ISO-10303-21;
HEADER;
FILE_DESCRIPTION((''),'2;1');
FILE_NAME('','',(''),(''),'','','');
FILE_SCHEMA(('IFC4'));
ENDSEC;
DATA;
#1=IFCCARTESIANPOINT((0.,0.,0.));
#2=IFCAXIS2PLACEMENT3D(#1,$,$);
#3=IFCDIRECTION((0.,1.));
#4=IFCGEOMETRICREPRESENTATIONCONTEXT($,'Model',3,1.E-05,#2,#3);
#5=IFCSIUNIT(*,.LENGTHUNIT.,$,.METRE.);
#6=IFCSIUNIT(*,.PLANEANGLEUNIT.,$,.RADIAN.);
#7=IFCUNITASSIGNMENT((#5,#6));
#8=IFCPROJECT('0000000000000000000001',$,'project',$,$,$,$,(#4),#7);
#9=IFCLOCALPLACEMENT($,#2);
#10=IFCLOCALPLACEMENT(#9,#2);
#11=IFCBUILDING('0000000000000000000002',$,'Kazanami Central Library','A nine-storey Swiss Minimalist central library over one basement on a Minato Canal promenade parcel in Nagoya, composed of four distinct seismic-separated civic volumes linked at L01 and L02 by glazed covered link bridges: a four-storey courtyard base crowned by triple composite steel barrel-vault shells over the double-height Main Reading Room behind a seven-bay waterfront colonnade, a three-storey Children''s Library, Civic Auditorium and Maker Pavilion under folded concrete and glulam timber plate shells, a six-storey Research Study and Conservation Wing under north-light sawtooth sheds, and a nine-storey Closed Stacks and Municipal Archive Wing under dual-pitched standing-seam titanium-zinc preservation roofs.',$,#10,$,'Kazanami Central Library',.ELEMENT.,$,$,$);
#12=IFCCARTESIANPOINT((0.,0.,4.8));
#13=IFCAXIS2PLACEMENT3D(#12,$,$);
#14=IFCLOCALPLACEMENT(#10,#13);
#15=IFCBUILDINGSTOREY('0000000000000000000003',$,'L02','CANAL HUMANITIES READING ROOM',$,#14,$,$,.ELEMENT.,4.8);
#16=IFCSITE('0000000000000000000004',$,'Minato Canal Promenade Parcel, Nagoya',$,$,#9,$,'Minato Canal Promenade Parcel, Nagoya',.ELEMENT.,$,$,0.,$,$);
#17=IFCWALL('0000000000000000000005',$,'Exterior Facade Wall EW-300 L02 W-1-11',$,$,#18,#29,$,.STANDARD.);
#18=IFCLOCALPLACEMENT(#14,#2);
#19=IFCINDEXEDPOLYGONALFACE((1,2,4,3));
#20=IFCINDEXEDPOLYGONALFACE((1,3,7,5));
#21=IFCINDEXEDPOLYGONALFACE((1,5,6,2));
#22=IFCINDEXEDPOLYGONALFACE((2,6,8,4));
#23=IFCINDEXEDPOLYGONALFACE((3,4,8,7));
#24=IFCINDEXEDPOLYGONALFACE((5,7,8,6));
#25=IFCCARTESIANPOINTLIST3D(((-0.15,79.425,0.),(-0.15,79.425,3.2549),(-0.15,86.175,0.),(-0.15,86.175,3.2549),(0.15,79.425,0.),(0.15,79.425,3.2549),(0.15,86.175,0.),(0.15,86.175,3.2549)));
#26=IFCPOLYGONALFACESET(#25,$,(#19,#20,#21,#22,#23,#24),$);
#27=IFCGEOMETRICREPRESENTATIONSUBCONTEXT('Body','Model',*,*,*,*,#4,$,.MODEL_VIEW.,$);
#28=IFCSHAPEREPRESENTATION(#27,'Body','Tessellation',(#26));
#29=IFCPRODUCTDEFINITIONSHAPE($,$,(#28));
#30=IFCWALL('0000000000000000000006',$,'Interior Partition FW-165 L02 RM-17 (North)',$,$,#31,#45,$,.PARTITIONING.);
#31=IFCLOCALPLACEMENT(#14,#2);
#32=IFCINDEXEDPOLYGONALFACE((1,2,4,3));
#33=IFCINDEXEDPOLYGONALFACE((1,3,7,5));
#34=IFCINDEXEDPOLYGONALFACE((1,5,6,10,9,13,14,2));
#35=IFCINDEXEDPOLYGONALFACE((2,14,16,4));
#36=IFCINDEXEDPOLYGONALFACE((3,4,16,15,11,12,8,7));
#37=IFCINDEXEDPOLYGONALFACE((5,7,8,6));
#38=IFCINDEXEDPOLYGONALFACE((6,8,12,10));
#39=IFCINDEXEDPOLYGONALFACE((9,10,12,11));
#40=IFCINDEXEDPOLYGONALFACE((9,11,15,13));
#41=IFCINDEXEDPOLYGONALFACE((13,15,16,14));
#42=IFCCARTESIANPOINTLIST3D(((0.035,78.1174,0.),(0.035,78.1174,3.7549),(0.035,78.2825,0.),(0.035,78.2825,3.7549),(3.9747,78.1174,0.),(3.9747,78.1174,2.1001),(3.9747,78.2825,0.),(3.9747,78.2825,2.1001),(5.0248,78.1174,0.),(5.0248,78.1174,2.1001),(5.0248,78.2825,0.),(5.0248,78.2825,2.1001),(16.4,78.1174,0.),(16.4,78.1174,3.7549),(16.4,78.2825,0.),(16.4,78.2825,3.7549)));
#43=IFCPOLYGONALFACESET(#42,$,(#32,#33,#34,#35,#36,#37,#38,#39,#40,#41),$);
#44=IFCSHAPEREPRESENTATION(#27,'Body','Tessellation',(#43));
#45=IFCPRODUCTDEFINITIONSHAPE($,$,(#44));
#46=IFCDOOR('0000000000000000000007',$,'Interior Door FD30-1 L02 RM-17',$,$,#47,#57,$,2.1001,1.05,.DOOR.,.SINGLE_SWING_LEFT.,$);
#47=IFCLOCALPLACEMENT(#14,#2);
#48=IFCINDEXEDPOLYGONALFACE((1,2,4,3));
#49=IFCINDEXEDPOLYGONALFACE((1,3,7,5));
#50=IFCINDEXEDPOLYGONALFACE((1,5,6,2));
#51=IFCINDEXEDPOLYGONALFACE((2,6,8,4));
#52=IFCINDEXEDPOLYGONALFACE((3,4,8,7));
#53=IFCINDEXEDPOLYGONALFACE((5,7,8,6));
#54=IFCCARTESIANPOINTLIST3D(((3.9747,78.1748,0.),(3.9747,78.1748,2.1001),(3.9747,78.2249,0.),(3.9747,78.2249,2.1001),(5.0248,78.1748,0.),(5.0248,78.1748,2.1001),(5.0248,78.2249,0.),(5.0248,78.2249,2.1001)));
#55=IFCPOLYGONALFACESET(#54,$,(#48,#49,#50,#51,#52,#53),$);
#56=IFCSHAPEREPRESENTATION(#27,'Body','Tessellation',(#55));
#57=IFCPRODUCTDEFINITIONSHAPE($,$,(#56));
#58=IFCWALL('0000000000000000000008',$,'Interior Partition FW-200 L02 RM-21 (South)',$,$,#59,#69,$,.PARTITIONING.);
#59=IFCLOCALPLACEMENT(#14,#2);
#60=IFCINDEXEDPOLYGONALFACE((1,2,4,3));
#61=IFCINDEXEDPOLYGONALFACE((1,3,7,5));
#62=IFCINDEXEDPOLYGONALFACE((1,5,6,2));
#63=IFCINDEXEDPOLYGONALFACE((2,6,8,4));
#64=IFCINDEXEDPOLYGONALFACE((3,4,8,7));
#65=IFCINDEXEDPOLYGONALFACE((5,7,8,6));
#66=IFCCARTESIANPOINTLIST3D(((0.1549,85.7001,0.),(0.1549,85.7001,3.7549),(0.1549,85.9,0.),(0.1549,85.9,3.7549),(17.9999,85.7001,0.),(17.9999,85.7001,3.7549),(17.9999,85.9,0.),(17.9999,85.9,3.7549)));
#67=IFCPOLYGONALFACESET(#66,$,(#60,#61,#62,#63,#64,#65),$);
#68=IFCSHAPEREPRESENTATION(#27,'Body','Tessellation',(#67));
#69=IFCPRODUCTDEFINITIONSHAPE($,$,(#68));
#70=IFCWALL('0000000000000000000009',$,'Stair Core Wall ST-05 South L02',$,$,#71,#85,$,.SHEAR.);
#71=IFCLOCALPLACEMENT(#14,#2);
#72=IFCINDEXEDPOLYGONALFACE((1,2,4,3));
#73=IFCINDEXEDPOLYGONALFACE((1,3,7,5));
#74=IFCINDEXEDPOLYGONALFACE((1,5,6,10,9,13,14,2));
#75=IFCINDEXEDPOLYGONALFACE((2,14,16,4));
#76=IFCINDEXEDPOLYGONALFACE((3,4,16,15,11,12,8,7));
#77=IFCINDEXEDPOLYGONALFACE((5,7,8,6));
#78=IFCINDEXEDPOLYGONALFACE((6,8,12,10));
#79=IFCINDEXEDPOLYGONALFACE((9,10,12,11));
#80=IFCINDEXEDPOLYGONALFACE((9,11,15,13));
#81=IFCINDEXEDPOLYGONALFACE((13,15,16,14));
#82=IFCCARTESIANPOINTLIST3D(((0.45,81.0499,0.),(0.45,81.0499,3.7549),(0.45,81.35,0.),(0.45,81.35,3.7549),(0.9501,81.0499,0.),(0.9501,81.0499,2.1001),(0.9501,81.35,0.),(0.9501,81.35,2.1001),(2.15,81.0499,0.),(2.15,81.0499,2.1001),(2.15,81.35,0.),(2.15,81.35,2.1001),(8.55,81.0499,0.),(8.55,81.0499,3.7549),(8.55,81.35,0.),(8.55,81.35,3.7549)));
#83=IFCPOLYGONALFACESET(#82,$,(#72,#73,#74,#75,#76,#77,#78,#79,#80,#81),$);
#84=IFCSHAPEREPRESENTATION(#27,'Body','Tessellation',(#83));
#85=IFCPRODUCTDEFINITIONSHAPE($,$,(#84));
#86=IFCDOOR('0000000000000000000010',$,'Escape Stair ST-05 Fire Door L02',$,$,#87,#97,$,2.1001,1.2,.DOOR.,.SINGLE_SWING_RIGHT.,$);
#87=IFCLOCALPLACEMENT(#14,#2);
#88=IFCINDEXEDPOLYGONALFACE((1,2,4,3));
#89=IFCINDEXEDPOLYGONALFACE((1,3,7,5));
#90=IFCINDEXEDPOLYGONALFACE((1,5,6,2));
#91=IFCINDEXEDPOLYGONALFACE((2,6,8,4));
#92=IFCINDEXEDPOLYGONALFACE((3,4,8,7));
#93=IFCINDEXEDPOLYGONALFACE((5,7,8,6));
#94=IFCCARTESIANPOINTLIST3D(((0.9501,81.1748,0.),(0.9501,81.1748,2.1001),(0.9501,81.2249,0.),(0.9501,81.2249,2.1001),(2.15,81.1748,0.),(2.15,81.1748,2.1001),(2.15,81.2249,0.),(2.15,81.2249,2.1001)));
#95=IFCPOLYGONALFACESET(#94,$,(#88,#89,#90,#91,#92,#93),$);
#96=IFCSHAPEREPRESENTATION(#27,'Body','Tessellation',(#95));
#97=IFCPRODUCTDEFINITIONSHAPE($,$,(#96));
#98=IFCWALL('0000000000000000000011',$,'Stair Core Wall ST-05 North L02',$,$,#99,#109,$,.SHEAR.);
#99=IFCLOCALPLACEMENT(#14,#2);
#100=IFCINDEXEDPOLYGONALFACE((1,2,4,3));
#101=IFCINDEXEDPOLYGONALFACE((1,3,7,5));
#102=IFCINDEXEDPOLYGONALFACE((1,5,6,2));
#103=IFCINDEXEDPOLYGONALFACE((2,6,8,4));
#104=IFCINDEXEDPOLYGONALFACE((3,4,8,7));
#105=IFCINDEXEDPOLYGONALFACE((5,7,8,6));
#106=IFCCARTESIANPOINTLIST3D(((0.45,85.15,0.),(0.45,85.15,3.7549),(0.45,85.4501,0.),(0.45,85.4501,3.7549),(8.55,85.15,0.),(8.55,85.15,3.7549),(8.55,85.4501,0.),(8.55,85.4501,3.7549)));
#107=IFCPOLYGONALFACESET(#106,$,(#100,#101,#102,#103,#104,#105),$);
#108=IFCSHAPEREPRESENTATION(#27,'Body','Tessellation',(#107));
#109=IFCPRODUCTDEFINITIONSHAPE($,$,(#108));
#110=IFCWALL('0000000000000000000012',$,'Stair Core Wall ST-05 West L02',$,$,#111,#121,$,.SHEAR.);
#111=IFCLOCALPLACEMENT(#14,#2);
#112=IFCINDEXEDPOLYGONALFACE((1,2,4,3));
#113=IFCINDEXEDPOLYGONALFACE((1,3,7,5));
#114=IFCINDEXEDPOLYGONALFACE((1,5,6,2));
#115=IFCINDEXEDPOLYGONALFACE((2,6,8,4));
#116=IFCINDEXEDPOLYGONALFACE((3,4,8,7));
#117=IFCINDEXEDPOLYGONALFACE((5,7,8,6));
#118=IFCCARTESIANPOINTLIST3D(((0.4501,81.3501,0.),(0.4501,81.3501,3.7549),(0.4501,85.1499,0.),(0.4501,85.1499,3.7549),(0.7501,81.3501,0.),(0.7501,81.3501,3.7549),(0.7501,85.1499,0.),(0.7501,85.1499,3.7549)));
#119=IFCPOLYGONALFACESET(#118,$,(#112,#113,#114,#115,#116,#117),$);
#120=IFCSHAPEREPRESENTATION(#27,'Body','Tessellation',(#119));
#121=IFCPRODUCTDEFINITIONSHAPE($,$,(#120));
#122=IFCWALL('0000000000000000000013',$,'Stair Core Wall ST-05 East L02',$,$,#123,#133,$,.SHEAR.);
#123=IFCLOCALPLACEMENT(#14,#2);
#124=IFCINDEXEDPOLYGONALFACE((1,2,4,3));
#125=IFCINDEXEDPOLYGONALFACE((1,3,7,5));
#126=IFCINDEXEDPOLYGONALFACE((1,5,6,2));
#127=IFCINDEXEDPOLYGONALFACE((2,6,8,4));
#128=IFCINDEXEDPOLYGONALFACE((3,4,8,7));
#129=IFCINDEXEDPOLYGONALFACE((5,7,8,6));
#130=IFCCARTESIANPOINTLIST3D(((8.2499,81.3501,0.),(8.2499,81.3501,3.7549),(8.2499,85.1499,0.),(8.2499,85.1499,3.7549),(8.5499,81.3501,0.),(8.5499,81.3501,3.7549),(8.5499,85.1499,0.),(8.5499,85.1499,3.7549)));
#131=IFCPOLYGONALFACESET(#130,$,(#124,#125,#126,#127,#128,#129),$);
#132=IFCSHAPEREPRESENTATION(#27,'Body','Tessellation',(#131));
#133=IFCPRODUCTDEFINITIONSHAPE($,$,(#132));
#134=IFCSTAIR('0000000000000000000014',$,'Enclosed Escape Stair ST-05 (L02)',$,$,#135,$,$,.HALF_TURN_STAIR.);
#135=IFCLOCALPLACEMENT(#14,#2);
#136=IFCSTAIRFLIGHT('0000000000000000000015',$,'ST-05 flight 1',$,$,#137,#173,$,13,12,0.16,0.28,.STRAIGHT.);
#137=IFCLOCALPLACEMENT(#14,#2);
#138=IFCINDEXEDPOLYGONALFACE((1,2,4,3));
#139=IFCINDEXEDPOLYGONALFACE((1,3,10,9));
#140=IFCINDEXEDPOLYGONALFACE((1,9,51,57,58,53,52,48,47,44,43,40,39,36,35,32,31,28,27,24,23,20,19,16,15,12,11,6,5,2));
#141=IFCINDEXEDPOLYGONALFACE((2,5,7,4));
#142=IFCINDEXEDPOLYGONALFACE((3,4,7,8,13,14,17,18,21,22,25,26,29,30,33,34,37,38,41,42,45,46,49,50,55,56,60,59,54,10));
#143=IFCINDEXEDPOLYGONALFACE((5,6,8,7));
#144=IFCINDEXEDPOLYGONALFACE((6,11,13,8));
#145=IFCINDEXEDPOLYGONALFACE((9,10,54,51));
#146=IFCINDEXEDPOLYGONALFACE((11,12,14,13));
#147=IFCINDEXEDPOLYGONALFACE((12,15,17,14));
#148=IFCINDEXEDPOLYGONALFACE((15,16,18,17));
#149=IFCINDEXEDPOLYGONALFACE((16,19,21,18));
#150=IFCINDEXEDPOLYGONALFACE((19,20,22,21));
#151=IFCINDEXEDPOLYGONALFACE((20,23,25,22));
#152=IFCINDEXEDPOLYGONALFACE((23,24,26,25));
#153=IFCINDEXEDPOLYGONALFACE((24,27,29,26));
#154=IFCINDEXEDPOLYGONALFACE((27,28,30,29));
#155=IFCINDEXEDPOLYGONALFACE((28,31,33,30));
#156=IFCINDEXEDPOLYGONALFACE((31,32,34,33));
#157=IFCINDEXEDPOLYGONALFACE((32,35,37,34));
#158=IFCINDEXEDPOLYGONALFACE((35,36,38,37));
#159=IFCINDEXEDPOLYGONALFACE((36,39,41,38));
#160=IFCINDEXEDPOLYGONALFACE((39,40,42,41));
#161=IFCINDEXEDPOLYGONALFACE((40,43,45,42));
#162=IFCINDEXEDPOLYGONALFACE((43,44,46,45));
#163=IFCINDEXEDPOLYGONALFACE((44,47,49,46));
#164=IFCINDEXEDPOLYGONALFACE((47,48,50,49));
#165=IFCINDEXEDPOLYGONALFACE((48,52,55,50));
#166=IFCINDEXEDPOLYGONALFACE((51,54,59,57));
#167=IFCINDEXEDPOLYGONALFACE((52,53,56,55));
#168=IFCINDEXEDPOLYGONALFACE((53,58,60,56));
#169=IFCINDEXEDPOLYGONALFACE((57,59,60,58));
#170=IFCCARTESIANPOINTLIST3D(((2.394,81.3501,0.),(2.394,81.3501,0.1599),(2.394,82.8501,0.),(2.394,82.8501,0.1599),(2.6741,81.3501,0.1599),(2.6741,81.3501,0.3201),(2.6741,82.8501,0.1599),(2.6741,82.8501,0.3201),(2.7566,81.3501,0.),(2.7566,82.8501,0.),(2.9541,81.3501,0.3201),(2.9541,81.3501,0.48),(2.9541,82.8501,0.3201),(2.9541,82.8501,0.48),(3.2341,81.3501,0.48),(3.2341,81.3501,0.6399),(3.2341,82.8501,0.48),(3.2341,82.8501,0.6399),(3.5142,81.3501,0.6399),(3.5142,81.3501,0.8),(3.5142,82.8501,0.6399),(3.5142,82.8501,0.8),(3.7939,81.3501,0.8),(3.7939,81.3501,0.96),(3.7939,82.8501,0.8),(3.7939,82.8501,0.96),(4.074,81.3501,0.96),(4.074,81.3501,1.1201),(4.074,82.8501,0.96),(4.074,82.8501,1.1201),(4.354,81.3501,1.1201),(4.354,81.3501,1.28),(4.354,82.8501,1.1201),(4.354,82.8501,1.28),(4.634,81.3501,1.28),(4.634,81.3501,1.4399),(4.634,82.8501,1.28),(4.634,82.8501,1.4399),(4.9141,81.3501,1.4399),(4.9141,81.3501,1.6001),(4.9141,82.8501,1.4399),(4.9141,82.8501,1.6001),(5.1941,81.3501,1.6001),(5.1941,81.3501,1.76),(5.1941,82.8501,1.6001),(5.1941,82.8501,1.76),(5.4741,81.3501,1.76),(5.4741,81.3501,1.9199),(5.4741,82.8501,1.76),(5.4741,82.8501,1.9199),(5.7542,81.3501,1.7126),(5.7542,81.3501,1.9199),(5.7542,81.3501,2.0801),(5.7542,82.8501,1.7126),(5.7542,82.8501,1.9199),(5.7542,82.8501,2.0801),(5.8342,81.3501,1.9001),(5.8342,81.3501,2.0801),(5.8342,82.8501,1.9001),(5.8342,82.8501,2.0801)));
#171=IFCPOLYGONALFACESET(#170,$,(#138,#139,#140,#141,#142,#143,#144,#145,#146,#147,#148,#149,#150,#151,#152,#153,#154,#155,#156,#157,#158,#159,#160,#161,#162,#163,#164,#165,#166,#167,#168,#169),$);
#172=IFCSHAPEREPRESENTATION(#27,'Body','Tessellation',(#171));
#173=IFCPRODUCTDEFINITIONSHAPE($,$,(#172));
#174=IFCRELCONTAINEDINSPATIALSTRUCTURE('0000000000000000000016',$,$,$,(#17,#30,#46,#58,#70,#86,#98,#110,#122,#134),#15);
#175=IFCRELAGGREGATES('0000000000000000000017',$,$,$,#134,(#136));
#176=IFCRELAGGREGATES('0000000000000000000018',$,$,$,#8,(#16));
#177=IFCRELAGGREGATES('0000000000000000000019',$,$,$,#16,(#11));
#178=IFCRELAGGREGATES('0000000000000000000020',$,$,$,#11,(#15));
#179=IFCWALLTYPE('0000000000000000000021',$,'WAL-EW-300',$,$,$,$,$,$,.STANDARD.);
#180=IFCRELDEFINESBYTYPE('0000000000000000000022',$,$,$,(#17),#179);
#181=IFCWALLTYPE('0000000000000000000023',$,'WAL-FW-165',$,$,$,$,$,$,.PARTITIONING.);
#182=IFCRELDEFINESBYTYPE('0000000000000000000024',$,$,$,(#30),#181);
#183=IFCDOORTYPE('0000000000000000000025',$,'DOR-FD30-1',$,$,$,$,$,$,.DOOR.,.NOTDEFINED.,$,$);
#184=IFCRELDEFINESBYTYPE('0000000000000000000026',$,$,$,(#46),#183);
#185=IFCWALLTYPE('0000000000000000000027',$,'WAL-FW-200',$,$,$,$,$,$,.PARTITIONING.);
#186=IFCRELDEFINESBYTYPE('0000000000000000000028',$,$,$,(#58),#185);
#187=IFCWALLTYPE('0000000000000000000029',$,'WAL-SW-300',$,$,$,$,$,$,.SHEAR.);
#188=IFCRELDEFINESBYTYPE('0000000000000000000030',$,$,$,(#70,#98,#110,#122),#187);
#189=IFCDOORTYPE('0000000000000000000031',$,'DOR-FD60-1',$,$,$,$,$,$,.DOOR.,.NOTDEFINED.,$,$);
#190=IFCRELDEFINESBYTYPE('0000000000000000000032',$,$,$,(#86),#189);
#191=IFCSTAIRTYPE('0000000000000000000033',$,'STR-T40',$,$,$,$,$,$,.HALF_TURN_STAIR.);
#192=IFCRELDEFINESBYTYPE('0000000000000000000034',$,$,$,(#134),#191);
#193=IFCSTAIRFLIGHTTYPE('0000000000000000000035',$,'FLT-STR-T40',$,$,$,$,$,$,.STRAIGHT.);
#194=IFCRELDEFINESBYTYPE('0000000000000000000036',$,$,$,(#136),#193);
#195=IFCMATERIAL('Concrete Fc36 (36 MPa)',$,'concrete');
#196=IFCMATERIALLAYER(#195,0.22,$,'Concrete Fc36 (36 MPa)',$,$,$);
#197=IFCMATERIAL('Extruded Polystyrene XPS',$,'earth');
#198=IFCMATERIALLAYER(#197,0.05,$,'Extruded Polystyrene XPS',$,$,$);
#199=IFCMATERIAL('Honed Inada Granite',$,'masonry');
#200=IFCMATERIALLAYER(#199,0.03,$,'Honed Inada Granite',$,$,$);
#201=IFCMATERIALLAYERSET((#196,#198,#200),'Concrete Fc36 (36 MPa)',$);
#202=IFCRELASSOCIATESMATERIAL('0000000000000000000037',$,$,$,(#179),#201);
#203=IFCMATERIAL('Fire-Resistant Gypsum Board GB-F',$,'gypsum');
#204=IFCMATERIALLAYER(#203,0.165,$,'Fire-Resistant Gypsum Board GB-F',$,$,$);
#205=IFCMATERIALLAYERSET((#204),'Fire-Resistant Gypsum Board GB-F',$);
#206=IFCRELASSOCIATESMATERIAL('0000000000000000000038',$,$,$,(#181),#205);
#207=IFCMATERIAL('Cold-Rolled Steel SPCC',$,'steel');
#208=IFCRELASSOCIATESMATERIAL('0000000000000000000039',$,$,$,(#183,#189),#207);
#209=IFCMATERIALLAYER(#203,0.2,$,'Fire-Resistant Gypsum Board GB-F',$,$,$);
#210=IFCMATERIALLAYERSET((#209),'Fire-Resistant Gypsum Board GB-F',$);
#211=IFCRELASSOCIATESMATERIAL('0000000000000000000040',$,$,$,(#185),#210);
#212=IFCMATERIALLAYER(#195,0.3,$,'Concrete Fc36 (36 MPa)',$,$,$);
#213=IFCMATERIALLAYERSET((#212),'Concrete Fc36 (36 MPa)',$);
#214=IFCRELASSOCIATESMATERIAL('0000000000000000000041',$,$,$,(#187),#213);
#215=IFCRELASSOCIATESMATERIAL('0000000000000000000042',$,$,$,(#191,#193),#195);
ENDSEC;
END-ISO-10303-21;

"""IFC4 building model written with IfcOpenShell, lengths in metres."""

from ifc_helpers import new_model, si_unit, direction, frame, frame_2d, origin, place, context, subcontext, project, spatial, polyline, rectangle, outline, extrude, material, layer, layer_set, type_object, element, fill, aggregate, save


model = new_model("IFC4")

# Units and contexts
model_context = context("Model", 3, precision=1e-05, world=origin(), true_north=direction((0.0, 1.0)))
body_context = subcontext(model_context, "Body", "Model", "MODEL_VIEW")
ifc_project = project(units=[si_unit("LENGTHUNIT", "METRE"), si_unit("PLANEANGLEUNIT", "RADIAN")], contexts=[model_context])

# Site, building, storey
site_placement = place(None, origin())
site = spatial("IfcSite", under=ifc_project, at=site_placement, Name="Minato Canal Promenade Parcel, Nagoya", LongName="Minato Canal Promenade Parcel, Nagoya", CompositionType="ELEMENT", RefElevation=0.0)
building_placement = place(site_placement, origin())
building = spatial("IfcBuilding", under=site, at=building_placement, Name="Kazanami Central Library", Description="A nine-storey Swiss Minimalist central library over one basement on a Minato Canal promenade parcel in Nagoya, composed of four distinct seismic-separated civic volumes linked at L01 and L02 by glazed covered link bridges: a four-storey courtyard base crowned by triple composite steel barrel-vault shells over the double-height Main Reading Room behind a seven-bay waterfront colonnade, a three-storey Children's Library, Civic Auditorium and Maker Pavilion under folded concrete and glulam timber plate shells, a six-storey Research Study and Conservation Wing under north-light sawtooth sheds, and a nine-storey Closed Stacks and Municipal Archive Wing under dual-pitched standing-seam titanium-zinc preservation roofs.", LongName="Kazanami Central Library", CompositionType="ELEMENT")
storey_placement = place(building_placement, frame((0.0, 0.0, 4.8)))
storey = spatial("IfcBuildingStorey", under=building, at=storey_placement, Name="L02", Description="CANAL HUMANITIES READING ROOM", CompositionType="ELEMENT", Elevation=4.8)

# Wall
ifc_material_1 = material(Name="Concrete Fc36 (36 MPa)", Category="concrete")
ifc_layer_1 = layer(ifc_material_1, 0.22, Name="Concrete Fc36 (36 MPa)")
ifc_material_2 = material(Name="Extruded Polystyrene XPS", Category="earth")
ifc_layer_2 = layer(ifc_material_2, 0.05, Name="Extruded Polystyrene XPS")
ifc_material_3 = material(Name="Honed Inada Granite", Category="masonry")
ifc_layer_3 = layer(ifc_material_3, 0.03, Name="Honed Inada Granite")
ifc_layer_set_1 = layer_set([ifc_layer_1, ifc_layer_2, ifc_layer_3], Name="Concrete Fc36 (36 MPa)")
wall_type_1 = type_object("IfcWallType", Name="WAL-EW-300", PredefinedType="STANDARD", material=ifc_layer_set_1)
wall_1_placement = place(storey_placement, frame((0.0, 79.425, 0.0), z_axis=(0.0, 0.0, 1.0), x_axis=(0.0, 1.0, 0.0)))
element("IfcWall", 1, at=wall_1_placement, inside=storey, type_object=wall_type_1, Name="Exterior Facade Wall EW-300 L02 W-1-11", PredefinedType="STANDARD", context=body_context, shape_type="SweptSolid", body=[
    extrude(rectangle(XDim=6.75, YDim=0.3, at=frame_2d((3.375, 0.0))), origin(), (0.0, 0.0, 1.0), 3.2549),
])

# Wall, opening, door
ifc_material_4 = material(Name="Fire-Resistant Gypsum Board GB-F", Category="gypsum")
ifc_layer_4 = layer(ifc_material_4, 0.165, Name="Fire-Resistant Gypsum Board GB-F")
ifc_layer_set_2 = layer_set([ifc_layer_4], Name="Fire-Resistant Gypsum Board GB-F")
wall_type_2 = type_object("IfcWallType", Name="WAL-FW-165", PredefinedType="PARTITIONING", material=ifc_layer_set_2)
wall_2_placement = place(storey_placement, frame((0.0349, 78.2, 0.0), z_axis=(0.0, 0.0, 1.0), x_axis=(1.0, 0.0, 0.0)))
wall_2 = element("IfcWall", 2, at=wall_2_placement, inside=storey, type_object=wall_type_2, Name="Interior Partition FW-165 L02 RM-17 (North)", PredefinedType="PARTITIONING", context=body_context, shape_type="SweptSolid", body=[
    extrude(rectangle(XDim=16.365, YDim=0.165, at=frame_2d((8.1826, 0.0))), origin(), (0.0, 0.0, 1.0), 3.7549),
])
opening_1_placement = place(wall_2_placement, frame((3.9399, 0.0, 0.0)))
opening_1 = element("IfcOpeningElement", 3, at=opening_1_placement, cuts=wall_2, PredefinedType="OPENING", context=body_context, shape_type="SweptSolid", body=[
    extrude(rectangle(XDim=1.05, YDim=2.1001, at=frame_2d((0.5249, 1.05))), frame((0.0, 0.0945, 0.0), z_axis=(0.0, -1.0, 0.0), x_axis=(1.0, 0.0, 0.0)), (0.0, 0.0, 1.0), 0.189),
])
ifc_material_5 = material(Name="Cold-Rolled Steel SPCC", Category="steel")
door_type_1 = type_object("IfcDoorType", Name="DOR-FD30-1", OperationType="NOTDEFINED", PredefinedType="DOOR", material=ifc_material_5)
door_1_placement = place(opening_1_placement, origin())
door_1 = element("IfcDoor", 4, at=door_1_placement, inside=storey, type_object=door_type_1, Name="Interior Door FD30-1 L02 RM-17", OperationType="SINGLE_SWING_LEFT", OverallHeight=2.1001, OverallWidth=1.05, PredefinedType="DOOR", context=body_context, shape_type="SweptSolid", body=[
    extrude(rectangle(XDim=1.05, YDim=2.1001, at=frame_2d((0.5249, 1.05))), frame((0.0, 0.0249, 0.0), z_axis=(0.0, -1.0, 0.0), x_axis=(1.0, 0.0, 0.0)), (0.0, 0.0, 1.0), 0.05),
])
fill(opening_1, door_1)

# Wall
ifc_layer_5 = layer(ifc_material_4, 0.2, Name="Fire-Resistant Gypsum Board GB-F")
ifc_layer_set_3 = layer_set([ifc_layer_5], Name="Fire-Resistant Gypsum Board GB-F")
wall_type_3 = type_object("IfcWallType", Name="WAL-FW-200", PredefinedType="PARTITIONING", material=ifc_layer_set_3)
wall_3_placement = place(storey_placement, frame((0.155, 85.8, 0.0), z_axis=(0.0, 0.0, 1.0), x_axis=(1.0, 0.0, 0.0)))
element("IfcWall", 5, at=wall_3_placement, inside=storey, type_object=wall_type_3, Name="Interior Partition FW-200 L02 RM-21 (South)", PredefinedType="PARTITIONING", context=body_context, shape_type="SweptSolid", body=[
    extrude(rectangle(XDim=17.845, YDim=0.2, at=frame_2d((8.9224, 0.0))), origin(), (0.0, 0.0, 1.0), 3.7549),
])

# Wall, opening, door
ifc_layer_6 = layer(ifc_material_1, 0.3, Name="Concrete Fc36 (36 MPa)")
ifc_layer_set_4 = layer_set([ifc_layer_6], Name="Concrete Fc36 (36 MPa)")
wall_type_4 = type_object("IfcWallType", Name="WAL-SW-300", PredefinedType="SHEAR", material=ifc_layer_set_4)
wall_4_placement = place(storey_placement, frame((0.45, 81.2, 0.0), z_axis=(0.0, 0.0, 1.0), x_axis=(1.0, 0.0, 0.0)))
wall_4 = element("IfcWall", 6, at=wall_4_placement, inside=storey, type_object=wall_type_4, Name="Stair Core Wall ST-05 South L02", PredefinedType="SHEAR", context=body_context, shape_type="SweptSolid", body=[
    extrude(rectangle(XDim=8.1001, YDim=0.3, at=frame_2d((4.05, 0.0))), origin(), (0.0, 0.0, 1.0), 3.7549),
])
opening_2_placement = place(wall_4_placement, frame((0.5, 0.0, 0.0)))
opening_2 = element("IfcOpeningElement", 7, at=opening_2_placement, cuts=wall_4, PredefinedType="OPENING", context=body_context, shape_type="SweptSolid", body=[
    extrude(rectangle(XDim=1.2, YDim=2.1001, at=frame_2d((0.6001, 1.05))), frame((0.0, 0.1621, 0.0), z_axis=(0.0, -1.0, 0.0), x_axis=(1.0, 0.0, 0.0)), (0.0, 0.0, 1.0), 0.324),
])
door_type_2 = type_object("IfcDoorType", Name="DOR-FD60-1", OperationType="NOTDEFINED", PredefinedType="DOOR", material=ifc_material_5)
door_2_placement = place(opening_2_placement, origin())
door_2 = element("IfcDoor", 8, at=door_2_placement, inside=storey, type_object=door_type_2, Name="Escape Stair ST-05 Fire Door L02", OperationType="SINGLE_SWING_RIGHT", OverallHeight=2.1001, OverallWidth=1.2, PredefinedType="DOOR", context=body_context, shape_type="SweptSolid", body=[
    extrude(rectangle(XDim=1.2, YDim=2.1001, at=frame_2d((0.6001, 1.05))), frame((0.0, 0.0249, 0.0), z_axis=(0.0, -1.0, 0.0), x_axis=(1.0, 0.0, 0.0)), (0.0, 0.0, 1.0), 0.05),
])
fill(opening_2, door_2)

# Walls
wall_5_placement = place(storey_placement, frame((0.45, 85.3, 0.0), z_axis=(0.0, 0.0, 1.0), x_axis=(1.0, 0.0, 0.0)))
element("IfcWall", 9, at=wall_5_placement, inside=storey, type_object=wall_type_4, Name="Stair Core Wall ST-05 North L02", PredefinedType="SHEAR", context=body_context, shape_type="SweptSolid", body=[
    extrude(rectangle(XDim=8.1001, YDim=0.3, at=frame_2d((4.05, 0.0))), origin(), (0.0, 0.0, 1.0), 3.7549),
])
for number, where, z_axis, x_axis, name in (
    (10, (0.6001, 81.3501, 0.0), (0.0, 0.0, 1.0), (0.0, 1.0, 0.0), "Stair Core Wall ST-05 West L02"),
    (11, (8.3999, 81.3501, 0.0), (0.0, 0.0, 1.0), (0.0, 1.0, 0.0), "Stair Core Wall ST-05 East L02"),
):
    element("IfcWall", number, at=place(storey_placement, frame(where, z_axis=z_axis, x_axis=x_axis)), inside=storey, type_object=wall_type_4, Name=name, PredefinedType="SHEAR", context=body_context, shape_type="SweptSolid", body=[
        extrude(rectangle(XDim=3.7998, YDim=0.3, at=frame_2d((1.8999, 0.0))), origin(), (0.0, 0.0, 1.0), 3.7549),
    ])

# Stair, stair flight
stair_type = type_object("IfcStairType", Name="STR-T40", PredefinedType="HALF_TURN_STAIR", material=ifc_material_1)
stair_placement = place(storey_placement, origin())
stair = element("IfcStair", 12, at=stair_placement, inside=storey, type_object=stair_type, Name="Enclosed Escape Stair ST-05 (L02)", PredefinedType="HALF_TURN_STAIR")
stair_flight_type = type_object("IfcStairFlightType", Name="FLT-STR-T40", PredefinedType="STRAIGHT", material=ifc_material_1)
stair_flight_1_placement = place(storey_placement, frame((2.394, 82.1001, 0.0), z_axis=(0.0, 0.0, 1.0), x_axis=(1.0, 0.0, 0.0)))
stair_flight_1 = element("IfcStairFlight", 13, at=stair_flight_1_placement, type_object=stair_flight_type, Name="ST-05 flight 1", NumberOfRisers=13, NumberOfTreads=12, PredefinedType="STRAIGHT", RiserHeight=0.16, TreadLength=0.28, context=body_context, shape_type="SweptSolid", body=[
    extrude(outline(polyline([(0.0, 0.0), (0.0, 0.1599), (0.28, 0.1599), (0.28, 0.3201), (0.5601, 0.3201), (0.5601, 0.48), (0.8401, 0.48), (0.8401, 0.6399), (1.1201, 0.6399), (1.1201, 0.8), (1.3999, 0.8), (1.3999, 0.96), (1.6799, 0.96), (1.6799, 1.1201), (1.96, 1.1201), (1.96, 1.28), (2.24, 1.28), (2.24, 1.4399), (2.52, 1.4399), (2.52, 1.6001), (2.8, 1.6001), (2.8, 1.76), (3.0801, 1.76), (3.0801, 1.9199), (3.3601, 1.9199), (3.3601, 2.0801), (3.4402, 2.0801), (3.4402, 1.9001), (3.3601, 1.7126), (0.3625, 0.0), (0.0, 0.0)])), frame((0.0, 0.75, 0.0), z_axis=(0.0, -1.0, 0.0), x_axis=(1.0, 0.0, 0.0)), (0.0, 0.0, 1.0), 1.5),
])
aggregate(stair, [stair_flight_1])

save(model, "model.ifc")
